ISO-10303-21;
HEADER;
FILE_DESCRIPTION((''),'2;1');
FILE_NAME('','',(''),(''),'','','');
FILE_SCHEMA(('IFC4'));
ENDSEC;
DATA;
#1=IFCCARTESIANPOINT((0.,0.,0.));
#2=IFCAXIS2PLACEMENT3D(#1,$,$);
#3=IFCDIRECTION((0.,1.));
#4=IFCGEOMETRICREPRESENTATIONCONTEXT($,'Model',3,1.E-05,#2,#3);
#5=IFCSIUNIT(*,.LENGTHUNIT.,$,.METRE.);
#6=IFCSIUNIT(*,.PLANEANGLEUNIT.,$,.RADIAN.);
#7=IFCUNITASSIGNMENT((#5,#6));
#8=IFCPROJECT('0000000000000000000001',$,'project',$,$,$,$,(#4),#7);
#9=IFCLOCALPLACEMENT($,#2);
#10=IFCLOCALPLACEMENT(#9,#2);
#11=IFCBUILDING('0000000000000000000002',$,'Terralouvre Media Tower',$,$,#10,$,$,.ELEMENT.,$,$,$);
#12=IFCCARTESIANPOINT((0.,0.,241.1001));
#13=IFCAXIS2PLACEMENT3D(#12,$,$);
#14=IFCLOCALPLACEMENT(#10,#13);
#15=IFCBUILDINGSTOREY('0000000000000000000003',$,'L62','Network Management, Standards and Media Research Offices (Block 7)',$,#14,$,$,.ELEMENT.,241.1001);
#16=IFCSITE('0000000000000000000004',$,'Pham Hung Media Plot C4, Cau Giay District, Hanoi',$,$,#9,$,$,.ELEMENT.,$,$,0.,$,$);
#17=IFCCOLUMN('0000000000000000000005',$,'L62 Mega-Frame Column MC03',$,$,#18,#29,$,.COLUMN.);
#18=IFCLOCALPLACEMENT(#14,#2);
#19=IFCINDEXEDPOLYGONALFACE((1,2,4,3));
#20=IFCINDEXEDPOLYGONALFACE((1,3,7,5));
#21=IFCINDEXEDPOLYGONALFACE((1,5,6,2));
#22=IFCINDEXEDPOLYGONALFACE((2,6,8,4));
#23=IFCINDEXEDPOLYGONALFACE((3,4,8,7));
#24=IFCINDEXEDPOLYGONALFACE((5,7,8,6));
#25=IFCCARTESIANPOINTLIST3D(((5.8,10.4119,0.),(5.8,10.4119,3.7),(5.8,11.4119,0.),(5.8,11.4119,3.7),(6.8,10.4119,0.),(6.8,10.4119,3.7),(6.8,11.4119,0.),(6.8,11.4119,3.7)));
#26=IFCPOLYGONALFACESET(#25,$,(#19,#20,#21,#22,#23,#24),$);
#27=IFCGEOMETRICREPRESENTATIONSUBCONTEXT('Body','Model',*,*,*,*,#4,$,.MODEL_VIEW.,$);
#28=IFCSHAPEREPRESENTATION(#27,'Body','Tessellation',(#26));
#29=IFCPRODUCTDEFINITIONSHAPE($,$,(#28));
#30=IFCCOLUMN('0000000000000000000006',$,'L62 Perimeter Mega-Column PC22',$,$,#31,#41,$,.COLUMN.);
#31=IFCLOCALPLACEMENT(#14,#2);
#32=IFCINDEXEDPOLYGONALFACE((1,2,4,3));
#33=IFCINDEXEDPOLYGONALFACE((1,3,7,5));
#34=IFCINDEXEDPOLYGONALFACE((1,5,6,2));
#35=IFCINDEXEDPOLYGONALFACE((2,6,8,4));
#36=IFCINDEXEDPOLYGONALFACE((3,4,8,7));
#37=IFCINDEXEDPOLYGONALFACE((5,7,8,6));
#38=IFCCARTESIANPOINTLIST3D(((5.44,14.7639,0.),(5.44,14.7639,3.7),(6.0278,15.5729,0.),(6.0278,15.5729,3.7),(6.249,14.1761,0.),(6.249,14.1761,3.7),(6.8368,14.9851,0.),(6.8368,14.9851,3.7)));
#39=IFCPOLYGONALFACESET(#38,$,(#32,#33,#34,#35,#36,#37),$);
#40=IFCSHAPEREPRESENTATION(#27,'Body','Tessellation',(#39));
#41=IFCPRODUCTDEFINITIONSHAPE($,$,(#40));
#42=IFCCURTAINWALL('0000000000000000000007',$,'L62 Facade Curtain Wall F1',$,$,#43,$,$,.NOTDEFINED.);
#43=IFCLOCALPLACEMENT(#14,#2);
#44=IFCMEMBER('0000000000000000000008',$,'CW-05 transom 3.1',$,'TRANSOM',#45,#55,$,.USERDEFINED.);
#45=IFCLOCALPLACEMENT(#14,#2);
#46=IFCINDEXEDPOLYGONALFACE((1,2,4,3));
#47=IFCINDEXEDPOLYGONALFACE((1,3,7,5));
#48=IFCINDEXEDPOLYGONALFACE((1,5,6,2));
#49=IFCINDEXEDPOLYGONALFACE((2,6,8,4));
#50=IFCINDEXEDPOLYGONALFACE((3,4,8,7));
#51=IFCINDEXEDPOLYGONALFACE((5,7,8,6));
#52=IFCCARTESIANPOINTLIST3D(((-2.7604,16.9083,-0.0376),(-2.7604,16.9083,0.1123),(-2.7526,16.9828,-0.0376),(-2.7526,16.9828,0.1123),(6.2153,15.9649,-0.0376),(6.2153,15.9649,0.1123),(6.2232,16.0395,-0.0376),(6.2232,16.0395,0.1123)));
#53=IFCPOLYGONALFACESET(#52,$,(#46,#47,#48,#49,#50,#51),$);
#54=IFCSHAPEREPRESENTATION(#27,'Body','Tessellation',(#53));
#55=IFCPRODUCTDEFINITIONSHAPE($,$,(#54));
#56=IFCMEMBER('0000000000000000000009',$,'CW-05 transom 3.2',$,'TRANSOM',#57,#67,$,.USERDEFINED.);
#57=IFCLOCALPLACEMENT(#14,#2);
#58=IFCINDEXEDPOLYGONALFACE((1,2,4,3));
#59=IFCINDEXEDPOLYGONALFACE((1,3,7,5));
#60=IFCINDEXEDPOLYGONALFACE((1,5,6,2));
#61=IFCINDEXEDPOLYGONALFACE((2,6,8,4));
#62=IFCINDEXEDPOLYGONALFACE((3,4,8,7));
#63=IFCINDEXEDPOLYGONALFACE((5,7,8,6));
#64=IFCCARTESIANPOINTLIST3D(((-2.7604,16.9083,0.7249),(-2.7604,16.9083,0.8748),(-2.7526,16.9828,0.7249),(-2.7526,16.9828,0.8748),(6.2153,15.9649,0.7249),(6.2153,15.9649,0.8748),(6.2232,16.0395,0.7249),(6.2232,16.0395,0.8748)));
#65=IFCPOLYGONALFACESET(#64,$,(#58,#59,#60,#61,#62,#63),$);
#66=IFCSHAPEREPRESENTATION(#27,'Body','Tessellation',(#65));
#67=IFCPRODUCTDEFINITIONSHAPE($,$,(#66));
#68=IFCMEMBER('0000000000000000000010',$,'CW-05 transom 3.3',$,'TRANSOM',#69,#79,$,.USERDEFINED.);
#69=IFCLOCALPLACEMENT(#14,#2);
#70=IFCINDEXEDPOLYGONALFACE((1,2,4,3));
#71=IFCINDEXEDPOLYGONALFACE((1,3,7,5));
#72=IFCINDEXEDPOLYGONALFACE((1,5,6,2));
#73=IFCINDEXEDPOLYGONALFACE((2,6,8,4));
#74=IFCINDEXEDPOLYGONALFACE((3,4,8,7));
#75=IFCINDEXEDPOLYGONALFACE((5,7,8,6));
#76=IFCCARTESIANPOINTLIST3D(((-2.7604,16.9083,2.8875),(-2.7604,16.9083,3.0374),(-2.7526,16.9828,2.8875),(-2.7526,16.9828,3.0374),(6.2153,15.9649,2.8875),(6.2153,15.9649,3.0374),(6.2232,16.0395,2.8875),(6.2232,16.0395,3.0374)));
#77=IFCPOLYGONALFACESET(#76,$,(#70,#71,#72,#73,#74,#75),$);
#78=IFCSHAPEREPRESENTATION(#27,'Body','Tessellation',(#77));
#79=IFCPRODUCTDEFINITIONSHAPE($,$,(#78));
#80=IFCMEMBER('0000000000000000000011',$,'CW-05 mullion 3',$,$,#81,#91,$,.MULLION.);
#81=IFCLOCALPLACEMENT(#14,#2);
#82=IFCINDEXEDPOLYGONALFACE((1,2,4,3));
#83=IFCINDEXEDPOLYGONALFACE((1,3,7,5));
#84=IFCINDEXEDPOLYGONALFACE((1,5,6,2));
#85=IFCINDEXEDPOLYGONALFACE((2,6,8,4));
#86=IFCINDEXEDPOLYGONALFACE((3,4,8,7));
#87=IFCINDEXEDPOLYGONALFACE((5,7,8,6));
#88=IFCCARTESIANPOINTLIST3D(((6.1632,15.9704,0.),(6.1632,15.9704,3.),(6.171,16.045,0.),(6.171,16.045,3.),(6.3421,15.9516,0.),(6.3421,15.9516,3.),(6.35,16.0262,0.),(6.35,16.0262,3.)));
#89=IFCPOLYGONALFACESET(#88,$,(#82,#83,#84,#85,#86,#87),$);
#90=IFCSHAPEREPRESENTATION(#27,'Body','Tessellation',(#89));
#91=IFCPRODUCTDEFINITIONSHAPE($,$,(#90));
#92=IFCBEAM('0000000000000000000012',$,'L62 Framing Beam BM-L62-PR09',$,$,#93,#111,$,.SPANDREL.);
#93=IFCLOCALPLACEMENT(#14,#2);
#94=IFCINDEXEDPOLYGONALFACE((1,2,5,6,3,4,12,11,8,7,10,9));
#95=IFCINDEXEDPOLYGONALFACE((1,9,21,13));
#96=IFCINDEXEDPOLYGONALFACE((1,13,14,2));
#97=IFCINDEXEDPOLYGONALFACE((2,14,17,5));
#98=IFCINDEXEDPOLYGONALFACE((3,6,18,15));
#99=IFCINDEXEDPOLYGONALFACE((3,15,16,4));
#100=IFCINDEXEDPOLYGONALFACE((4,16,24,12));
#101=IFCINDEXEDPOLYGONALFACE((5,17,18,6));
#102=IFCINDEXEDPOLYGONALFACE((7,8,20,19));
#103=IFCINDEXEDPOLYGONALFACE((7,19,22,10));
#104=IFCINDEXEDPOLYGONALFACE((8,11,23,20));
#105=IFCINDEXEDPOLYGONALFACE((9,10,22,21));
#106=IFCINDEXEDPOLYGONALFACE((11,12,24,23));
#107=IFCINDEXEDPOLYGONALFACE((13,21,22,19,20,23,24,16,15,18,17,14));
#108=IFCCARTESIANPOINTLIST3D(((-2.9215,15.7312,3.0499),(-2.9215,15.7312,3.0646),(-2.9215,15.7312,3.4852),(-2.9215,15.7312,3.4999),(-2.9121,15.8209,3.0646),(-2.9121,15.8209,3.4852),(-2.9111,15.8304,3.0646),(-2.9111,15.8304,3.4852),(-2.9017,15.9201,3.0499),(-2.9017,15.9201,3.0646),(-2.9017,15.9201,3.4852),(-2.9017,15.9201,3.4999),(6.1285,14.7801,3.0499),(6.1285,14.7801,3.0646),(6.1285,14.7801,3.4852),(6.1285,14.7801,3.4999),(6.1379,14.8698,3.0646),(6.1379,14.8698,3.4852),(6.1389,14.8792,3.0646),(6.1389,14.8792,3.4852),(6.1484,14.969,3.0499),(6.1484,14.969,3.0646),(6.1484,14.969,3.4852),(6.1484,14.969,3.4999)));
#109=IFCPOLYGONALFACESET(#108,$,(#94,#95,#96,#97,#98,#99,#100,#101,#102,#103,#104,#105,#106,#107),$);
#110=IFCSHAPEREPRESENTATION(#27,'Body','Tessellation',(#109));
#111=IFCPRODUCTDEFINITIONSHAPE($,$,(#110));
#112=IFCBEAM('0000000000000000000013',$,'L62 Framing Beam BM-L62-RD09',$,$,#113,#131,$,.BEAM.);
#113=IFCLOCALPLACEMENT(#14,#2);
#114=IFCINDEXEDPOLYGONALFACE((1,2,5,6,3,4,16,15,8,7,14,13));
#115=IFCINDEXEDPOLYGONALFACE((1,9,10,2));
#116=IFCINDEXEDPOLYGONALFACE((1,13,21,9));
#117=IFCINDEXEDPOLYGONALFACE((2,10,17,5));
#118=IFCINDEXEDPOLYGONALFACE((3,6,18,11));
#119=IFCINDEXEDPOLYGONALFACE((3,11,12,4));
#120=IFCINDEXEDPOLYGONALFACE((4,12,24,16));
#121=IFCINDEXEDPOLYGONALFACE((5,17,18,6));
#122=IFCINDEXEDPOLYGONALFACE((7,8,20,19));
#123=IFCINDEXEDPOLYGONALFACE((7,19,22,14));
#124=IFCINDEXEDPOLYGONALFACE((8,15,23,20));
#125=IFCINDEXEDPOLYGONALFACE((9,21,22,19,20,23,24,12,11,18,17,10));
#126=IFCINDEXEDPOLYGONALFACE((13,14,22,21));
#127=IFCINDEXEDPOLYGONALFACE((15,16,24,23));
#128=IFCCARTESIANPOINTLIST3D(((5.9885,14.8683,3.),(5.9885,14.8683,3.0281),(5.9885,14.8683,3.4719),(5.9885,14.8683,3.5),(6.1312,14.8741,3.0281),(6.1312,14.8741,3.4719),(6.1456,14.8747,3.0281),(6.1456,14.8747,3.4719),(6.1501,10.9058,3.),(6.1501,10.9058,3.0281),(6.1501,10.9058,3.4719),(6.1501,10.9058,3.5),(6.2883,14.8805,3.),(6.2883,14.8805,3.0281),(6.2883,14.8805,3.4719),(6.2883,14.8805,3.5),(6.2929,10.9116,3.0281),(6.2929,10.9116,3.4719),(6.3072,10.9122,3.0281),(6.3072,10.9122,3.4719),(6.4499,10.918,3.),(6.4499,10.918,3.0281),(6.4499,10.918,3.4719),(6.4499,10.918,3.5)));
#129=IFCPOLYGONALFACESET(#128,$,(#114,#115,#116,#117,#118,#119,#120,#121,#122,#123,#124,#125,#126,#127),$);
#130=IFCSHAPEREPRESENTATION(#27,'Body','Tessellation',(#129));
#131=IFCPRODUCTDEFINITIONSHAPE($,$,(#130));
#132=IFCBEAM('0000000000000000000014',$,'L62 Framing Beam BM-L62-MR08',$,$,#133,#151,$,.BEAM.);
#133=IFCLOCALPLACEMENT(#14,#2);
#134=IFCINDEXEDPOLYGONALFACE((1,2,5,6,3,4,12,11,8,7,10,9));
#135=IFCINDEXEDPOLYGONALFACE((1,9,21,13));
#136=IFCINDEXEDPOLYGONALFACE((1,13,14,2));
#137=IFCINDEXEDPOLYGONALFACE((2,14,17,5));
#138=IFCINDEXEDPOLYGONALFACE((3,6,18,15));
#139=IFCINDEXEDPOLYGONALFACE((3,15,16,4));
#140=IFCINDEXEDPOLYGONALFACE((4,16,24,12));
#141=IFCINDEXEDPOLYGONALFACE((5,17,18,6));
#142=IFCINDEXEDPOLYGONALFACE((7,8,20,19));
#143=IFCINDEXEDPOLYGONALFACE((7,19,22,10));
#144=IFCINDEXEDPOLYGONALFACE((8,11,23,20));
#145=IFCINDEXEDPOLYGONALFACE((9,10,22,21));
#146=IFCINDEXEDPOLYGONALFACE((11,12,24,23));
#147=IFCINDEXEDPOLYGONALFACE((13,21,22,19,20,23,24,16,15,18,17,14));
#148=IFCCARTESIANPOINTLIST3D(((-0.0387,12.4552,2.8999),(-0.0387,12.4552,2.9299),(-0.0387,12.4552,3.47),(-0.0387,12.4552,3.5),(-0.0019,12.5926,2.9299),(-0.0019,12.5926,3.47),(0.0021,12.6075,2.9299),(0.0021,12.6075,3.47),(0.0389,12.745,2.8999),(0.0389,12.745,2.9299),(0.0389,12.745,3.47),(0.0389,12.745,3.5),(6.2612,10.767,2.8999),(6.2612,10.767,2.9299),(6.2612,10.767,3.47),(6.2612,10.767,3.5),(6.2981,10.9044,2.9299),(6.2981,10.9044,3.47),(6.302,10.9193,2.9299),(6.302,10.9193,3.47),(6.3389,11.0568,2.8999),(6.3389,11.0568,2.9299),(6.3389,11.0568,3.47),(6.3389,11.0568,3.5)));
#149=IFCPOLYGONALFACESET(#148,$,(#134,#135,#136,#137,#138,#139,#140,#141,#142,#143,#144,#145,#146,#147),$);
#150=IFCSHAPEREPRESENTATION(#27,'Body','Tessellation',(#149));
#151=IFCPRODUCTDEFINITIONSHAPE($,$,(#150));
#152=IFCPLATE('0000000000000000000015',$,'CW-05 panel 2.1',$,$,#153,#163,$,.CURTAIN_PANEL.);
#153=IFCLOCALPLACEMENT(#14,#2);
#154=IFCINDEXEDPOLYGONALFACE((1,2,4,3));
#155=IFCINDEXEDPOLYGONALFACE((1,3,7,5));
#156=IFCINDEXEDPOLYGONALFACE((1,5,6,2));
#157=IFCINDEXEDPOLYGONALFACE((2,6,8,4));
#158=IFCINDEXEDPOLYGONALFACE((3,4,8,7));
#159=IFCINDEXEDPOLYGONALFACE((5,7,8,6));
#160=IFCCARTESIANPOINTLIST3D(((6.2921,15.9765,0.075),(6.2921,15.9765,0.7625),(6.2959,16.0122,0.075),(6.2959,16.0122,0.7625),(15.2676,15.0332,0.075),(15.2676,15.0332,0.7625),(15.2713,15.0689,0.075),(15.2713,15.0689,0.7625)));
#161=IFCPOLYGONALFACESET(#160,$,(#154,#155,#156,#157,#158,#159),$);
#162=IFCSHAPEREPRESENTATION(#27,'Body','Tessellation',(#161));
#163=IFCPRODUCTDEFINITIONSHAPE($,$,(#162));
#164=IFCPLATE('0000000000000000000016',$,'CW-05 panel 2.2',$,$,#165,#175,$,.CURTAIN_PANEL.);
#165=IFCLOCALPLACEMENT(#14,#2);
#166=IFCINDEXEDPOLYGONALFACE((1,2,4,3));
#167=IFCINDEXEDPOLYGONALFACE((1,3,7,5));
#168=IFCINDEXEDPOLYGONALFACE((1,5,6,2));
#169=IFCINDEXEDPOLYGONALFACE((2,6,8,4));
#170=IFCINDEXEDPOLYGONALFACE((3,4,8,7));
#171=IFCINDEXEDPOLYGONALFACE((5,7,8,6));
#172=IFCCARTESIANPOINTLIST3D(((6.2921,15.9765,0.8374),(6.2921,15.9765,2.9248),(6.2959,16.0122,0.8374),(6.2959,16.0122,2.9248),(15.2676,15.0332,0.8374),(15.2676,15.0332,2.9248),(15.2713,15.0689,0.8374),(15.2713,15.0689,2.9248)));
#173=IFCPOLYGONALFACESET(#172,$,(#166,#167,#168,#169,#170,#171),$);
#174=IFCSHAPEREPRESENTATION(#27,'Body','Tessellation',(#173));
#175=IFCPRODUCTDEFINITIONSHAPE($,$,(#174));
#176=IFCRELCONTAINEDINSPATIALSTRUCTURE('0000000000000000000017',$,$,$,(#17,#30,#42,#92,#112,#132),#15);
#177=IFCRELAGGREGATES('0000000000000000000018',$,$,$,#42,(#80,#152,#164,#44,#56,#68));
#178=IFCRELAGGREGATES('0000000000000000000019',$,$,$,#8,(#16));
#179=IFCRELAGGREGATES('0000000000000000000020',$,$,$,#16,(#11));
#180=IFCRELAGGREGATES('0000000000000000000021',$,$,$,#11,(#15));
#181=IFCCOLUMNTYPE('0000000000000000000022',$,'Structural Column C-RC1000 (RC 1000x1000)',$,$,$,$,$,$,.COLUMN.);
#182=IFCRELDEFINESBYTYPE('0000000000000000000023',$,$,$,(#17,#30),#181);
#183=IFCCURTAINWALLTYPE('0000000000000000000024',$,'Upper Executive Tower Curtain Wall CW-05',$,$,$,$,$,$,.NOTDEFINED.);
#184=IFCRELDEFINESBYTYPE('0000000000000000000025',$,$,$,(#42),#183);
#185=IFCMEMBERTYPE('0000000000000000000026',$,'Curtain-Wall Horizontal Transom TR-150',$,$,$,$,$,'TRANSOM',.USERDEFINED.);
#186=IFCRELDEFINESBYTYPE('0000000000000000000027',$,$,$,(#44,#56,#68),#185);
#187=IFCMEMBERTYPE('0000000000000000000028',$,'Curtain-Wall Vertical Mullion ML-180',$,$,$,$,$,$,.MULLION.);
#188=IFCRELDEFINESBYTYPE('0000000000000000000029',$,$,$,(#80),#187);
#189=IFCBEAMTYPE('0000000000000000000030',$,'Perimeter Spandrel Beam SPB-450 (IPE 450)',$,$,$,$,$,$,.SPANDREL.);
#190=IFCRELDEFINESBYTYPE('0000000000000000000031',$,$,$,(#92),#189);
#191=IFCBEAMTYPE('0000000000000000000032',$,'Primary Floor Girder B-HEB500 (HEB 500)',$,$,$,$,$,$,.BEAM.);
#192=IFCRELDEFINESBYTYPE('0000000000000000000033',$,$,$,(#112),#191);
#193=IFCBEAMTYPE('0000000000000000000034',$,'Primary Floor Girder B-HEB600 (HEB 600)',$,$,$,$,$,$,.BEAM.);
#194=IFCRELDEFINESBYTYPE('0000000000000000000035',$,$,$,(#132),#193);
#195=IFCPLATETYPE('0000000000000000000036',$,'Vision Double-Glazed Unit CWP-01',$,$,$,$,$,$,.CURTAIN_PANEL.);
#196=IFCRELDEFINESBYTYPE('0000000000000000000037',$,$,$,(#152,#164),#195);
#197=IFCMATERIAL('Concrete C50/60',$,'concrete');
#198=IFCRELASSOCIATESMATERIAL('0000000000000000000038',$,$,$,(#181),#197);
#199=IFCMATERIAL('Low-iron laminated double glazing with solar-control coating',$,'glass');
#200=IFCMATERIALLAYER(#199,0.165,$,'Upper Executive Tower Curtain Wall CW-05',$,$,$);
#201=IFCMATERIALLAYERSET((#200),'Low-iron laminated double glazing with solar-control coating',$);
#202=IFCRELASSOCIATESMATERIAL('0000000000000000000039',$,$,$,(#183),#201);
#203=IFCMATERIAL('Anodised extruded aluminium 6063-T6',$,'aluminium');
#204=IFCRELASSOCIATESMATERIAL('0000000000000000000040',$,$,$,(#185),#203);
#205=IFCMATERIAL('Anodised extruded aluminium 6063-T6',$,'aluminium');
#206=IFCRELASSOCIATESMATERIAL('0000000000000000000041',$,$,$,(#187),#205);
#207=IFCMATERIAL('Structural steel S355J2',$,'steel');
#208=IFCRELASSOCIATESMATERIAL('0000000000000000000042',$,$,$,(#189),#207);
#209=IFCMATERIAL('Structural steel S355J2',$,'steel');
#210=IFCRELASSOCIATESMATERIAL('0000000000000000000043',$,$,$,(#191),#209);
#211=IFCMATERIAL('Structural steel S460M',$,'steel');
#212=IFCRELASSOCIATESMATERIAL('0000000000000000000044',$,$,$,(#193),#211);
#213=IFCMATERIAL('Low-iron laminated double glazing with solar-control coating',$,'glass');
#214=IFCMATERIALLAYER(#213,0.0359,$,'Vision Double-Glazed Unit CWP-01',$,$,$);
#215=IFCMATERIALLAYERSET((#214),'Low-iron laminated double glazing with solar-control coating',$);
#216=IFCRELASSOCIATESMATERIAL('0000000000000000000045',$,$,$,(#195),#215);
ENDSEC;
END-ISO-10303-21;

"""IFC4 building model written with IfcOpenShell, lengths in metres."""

from ifc_helpers import new_model, si_unit, direction, frame, origin, origin_2d, place, context, subcontext, project, spatial, rectangle, i_section, extrude, material, layer, layer_set, material_profile, profile_set, type_object, element, aggregate, save


model = new_model("IFC4")

# Units and contexts
model_context = context("Model", 3, precision=1e-05, world=origin(), true_north=direction((0.0, 1.0)))
body_context = subcontext(model_context, "Body", "Model", "MODEL_VIEW")
ifc_project = project(units=[si_unit("LENGTHUNIT", "METRE"), si_unit("PLANEANGLEUNIT", "RADIAN")], contexts=[model_context])

# Site, building, storey
site_placement = place(None, origin())
site = spatial("IfcSite", under=ifc_project, at=site_placement, Name="Pham Hung Media Plot C4, Cau Giay District, Hanoi", CompositionType="ELEMENT", RefElevation=0.0)
building_placement = place(site_placement, origin())
building = spatial("IfcBuilding", under=site, at=building_placement, Name="Terralouvre Media Tower", CompositionType="ELEMENT")
storey_placement = place(building_placement, frame((0.0, 0.0, 241.1001)))
storey = spatial("IfcBuildingStorey", under=building, at=storey_placement, Name="L62", Description="Network Management, Standards and Media Research Offices (Block 7)", CompositionType="ELEMENT", Elevation=241.1001)

# Columns
ifc_material_1 = material(Name="Concrete C50/60", Category="concrete")
ifc_material_profile_1 = material_profile(ifc_material_1, rectangle(XDim=1.0, YDim=1.0, at=origin_2d()), Name="RC 1000x1000")
ifc_profile_set_1 = profile_set([ifc_material_profile_1], Name="Concrete C50/60")
column_type = type_object("IfcColumnType", Name="Structural Column C-RC1000 (RC 1000x1000)", PredefinedType="COLUMN", material=ifc_profile_set_1)
for number, where, z_axis, x_axis, name in (
    (1, (6.3, 10.9119, 0.0), (0.0, 0.0, 1.0), (1.0, 0.0, 0.0), "L62 Mega-Frame Column MC03"),
    (2, (6.1384, 14.8745, 0.0), (0.0, 0.0, 1.0), (0.587785, 0.809017, 0.0), "L62 Perimeter Mega-Column PC22"),
):
    element("IfcColumn", number, at=place(storey_placement, frame(where, z_axis=z_axis, x_axis=x_axis)), inside=storey, type_object=column_type, Name=name, PredefinedType="COLUMN", context=body_context, shape_type="SweptSolid", body=[
        extrude(rectangle(XDim=1.0, YDim=1.0, at=origin_2d()), origin(), (0.0, 0.0, 1.0), 3.7),
    ])

# Curtain wall, members
ifc_material_2 = material(Name="Low-iron laminated double glazing with solar-control coating", Category="glass")
ifc_layer_1 = layer(ifc_material_2, 0.165, Name="Upper Executive Tower Curtain Wall CW-05")
ifc_layer_set_1 = layer_set([ifc_layer_1], Name="Low-iron laminated double glazing with solar-control coating")
curtain_wall_type = type_object("IfcCurtainWallType", Name="Upper Executive Tower Curtain Wall CW-05", PredefinedType="NOTDEFINED", material=ifc_layer_set_1)
curtain_wall_placement = place(storey_placement, origin())
curtain_wall = element("IfcCurtainWall", 3, at=curtain_wall_placement, inside=storey, type_object=curtain_wall_type, Name="L62 Facade Curtain Wall F1", PredefinedType="NOTDEFINED")
ifc_material_3 = material(Name="Anodised extruded aluminium 6063-T6", Category="aluminium")
ifc_material_profile_2 = material_profile(ifc_material_3, rectangle(XDim=0.075, YDim=0.1499, at=origin_2d()), Name="ALU 75x150")
ifc_profile_set_2 = profile_set([ifc_material_profile_2], Name="Anodised extruded aluminium 6063-T6")
member_type_1 = type_object("IfcMemberType", Name="Curtain-Wall Horizontal Transom TR-150", ElementType="TRANSOM", PredefinedType="USERDEFINED", material=ifc_profile_set_2)
member_1_placement = place(storey_placement, frame((6.2192, 16.0022, 0.0374), z_axis=(-0.994522, 0.104527, 0.0), x_axis=(-0.104527, -0.994522, 0.0)))
member_1 = element("IfcMember", 4, at=member_1_placement, type_object=member_type_1, Name="CW-05 transom 3.1", ObjectType="TRANSOM", PredefinedType="USERDEFINED", context=body_context, shape_type="SweptSolid", body=[
    extrude(rectangle(XDim=0.075, YDim=0.1499, at=origin_2d()), origin(), (0.0, 0.0, 1.0), 9.0251),
])
member_2_placement = place(storey_placement, frame((6.2192, 16.0022, 0.7998), z_axis=(-0.994522, 0.104527, 0.0), x_axis=(-0.104527, -0.994522, 0.0)))
member_2 = element("IfcMember", 5, at=member_2_placement, type_object=member_type_1, Name="CW-05 transom 3.2", ObjectType="TRANSOM", PredefinedType="USERDEFINED", context=body_context, shape_type="SweptSolid", body=[
    extrude(rectangle(XDim=0.075, YDim=0.1499, at=origin_2d()), origin(), (0.0, 0.0, 1.0), 9.0251),
])
member_3_placement = place(storey_placement, frame((6.2192, 16.0022, 2.9624), z_axis=(-0.994522, 0.104527, 0.0), x_axis=(-0.104527, -0.994522, 0.0)))
member_3 = element("IfcMember", 6, at=member_3_placement, type_object=member_type_1, Name="CW-05 transom 3.3", ObjectType="TRANSOM", PredefinedType="USERDEFINED", context=body_context, shape_type="SweptSolid", body=[
    extrude(rectangle(XDim=0.075, YDim=0.1499, at=origin_2d()), origin(), (0.0, 0.0, 1.0), 9.0251),
])
ifc_material_4 = material(Name="Anodised extruded aluminium 6063-T6", Category="aluminium")
ifc_material_profile_3 = material_profile(ifc_material_4, rectangle(XDim=0.075, YDim=0.1799, at=origin_2d()), Name="ALU 75x180")
ifc_profile_set_3 = profile_set([ifc_material_profile_3], Name="Anodised extruded aluminium 6063-T6")
member_type_2 = type_object("IfcMemberType", Name="Curtain-Wall Vertical Mullion ML-180", PredefinedType="MULLION", material=ifc_profile_set_3)
member_4_placement = place(storey_placement, frame((6.2566, 15.9983, 0.0), z_axis=(0.0, 0.0, 1.0), x_axis=(-0.104529, -0.994522, 0.0)))
member_4 = element("IfcMember", 7, at=member_4_placement, type_object=member_type_2, Name="CW-05 mullion 3", PredefinedType="MULLION", context=body_context, shape_type="SweptSolid", body=[
    extrude(rectangle(XDim=0.075, YDim=0.1799, at=origin_2d()), origin(), (0.0, 0.0, 1.0), 3.0),
])

# Beams
ifc_material_5 = material(Name="Structural steel S355J2", Category="steel")
ifc_material_profile_4 = material_profile(ifc_material_5, i_section(OverallWidth=0.1899, OverallDepth=0.45, WebThickness=0.0095, FlangeThickness=0.0146, at=origin_2d()), Name="IPE 450")
ifc_profile_set_4 = profile_set([ifc_material_profile_4], Name="Structural steel S355J2")
beam_type_1 = type_object("IfcBeamType", Name="Perimeter Spandrel Beam SPB-450 (IPE 450)", PredefinedType="SPANDREL", material=ifc_profile_set_4)
beam_1_placement = place(storey_placement, frame((6.1384, 14.8745, 3.2749), z_axis=(-0.994522, 0.104526, 0.0), x_axis=(-0.104526, -0.994522, 0.0)))
element("IfcBeam", 8, at=beam_1_placement, inside=storey, type_object=beam_type_1, Name="L62 Framing Beam BM-L62-PR09", PredefinedType="SPANDREL", context=body_context, shape_type="SweptSolid", body=[
    extrude(i_section(OverallWidth=0.1899, OverallDepth=0.45, WebThickness=0.0095, FlangeThickness=0.0146, at=origin_2d()), origin(), (0.0, 0.0, 1.0), 9.0999),
])
ifc_material_6 = material(Name="Structural steel S355J2", Category="steel")
ifc_material_profile_5 = material_profile(ifc_material_6, i_section(OverallWidth=0.3, OverallDepth=0.5, WebThickness=0.0144, FlangeThickness=0.0281, at=origin_2d()), Name="HEB 500")
ifc_profile_set_5 = profile_set([ifc_material_profile_5], Name="Structural steel S355J2")
beam_type_2 = type_object("IfcBeamType", Name="Primary Floor Girder B-HEB500 (HEB 500)", PredefinedType="BEAM", material=ifc_profile_set_5)
beam_2_placement = place(storey_placement, frame((6.3, 10.9119, 3.25), z_axis=(-0.040752, 0.999169, 0.0), x_axis=(-0.999169, -0.040752, 0.0)))
element("IfcBeam", 9, at=beam_2_placement, inside=storey, type_object=beam_type_2, Name="L62 Framing Beam BM-L62-RD09", PredefinedType="BEAM", context=body_context, shape_type="SweptSolid", body=[
    extrude(i_section(OverallWidth=0.3, OverallDepth=0.5, WebThickness=0.0144, FlangeThickness=0.0281, at=origin_2d()), origin(), (0.0, 0.0, 1.0), 3.9658),
])
ifc_material_7 = material(Name="Structural steel S460M", Category="steel")
ifc_material_profile_6 = material_profile(ifc_material_7, i_section(OverallWidth=0.3, OverallDepth=0.6001, WebThickness=0.0154, FlangeThickness=0.03, at=origin_2d()), Name="HEB 600")
ifc_profile_set_6 = profile_set([ifc_material_profile_6], Name="Structural steel S460M")
beam_type_3 = type_object("IfcBeamType", Name="Primary Floor Girder B-HEB600 (HEB 600)", PredefinedType="BEAM", material=ifc_profile_set_6)
beam_3_placement = place(storey_placement, frame((6.3, 10.9119, 3.2), z_axis=(-0.96592, 0.258839, 0.0), x_axis=(-0.258839, -0.96592, 0.0)))
element("IfcBeam", 10, at=beam_3_placement, inside=storey, type_object=beam_type_3, Name="L62 Framing Beam BM-L62-MR08", PredefinedType="BEAM", context=body_context, shape_type="SweptSolid", body=[
    extrude(i_section(OverallWidth=0.3, OverallDepth=0.6001, WebThickness=0.0154, FlangeThickness=0.03, at=origin_2d()), origin(), (0.0, 0.0, 1.0), 6.5222),
])

# Plates
ifc_material_8 = material(Name="Low-iron laminated double glazing with solar-control coating", Category="glass")
ifc_layer_2 = layer(ifc_material_8, 0.0359, Name="Vision Double-Glazed Unit CWP-01")
ifc_layer_set_2 = layer_set([ifc_layer_2], Name="Low-iron laminated double glazing with solar-control coating")
plate_type = type_object("IfcPlateType", Name="Vision Double-Glazed Unit CWP-01", PredefinedType="CURTAIN_PANEL", material=ifc_layer_set_2)
plate_1_placement = place(storey_placement, frame((10.7817, 15.5227, 0.075), z_axis=(0.0, 0.0, 1.0), x_axis=(-0.994522, 0.104529, 0.0)))
plate_1 = element("IfcPlate", 11, at=plate_1_placement, type_object=plate_type, Name="CW-05 panel 2.1", PredefinedType="CURTAIN_PANEL", context=body_context, shape_type="SweptSolid", body=[
    extrude(rectangle(XDim=9.0249, YDim=0.0359, at=origin_2d()), origin(), (0.0, 0.0, 1.0), 0.6875),
])
plate_2_placement = place(storey_placement, frame((10.7817, 15.5227, 0.8374), z_axis=(0.0, 0.0, 1.0), x_axis=(-0.994522, 0.104529, 0.0)))
plate_2 = element("IfcPlate", 12, at=plate_2_placement, type_object=plate_type, Name="CW-05 panel 2.2", PredefinedType="CURTAIN_PANEL", context=body_context, shape_type="SweptSolid", body=[
    extrude(rectangle(XDim=9.0249, YDim=0.0359, at=origin_2d()), origin(), (0.0, 0.0, 1.0), 2.0874),
])
aggregate(curtain_wall, [member_4, plate_1, plate_2, member_1, member_2, member_3])

save(model, "model.ifc")
